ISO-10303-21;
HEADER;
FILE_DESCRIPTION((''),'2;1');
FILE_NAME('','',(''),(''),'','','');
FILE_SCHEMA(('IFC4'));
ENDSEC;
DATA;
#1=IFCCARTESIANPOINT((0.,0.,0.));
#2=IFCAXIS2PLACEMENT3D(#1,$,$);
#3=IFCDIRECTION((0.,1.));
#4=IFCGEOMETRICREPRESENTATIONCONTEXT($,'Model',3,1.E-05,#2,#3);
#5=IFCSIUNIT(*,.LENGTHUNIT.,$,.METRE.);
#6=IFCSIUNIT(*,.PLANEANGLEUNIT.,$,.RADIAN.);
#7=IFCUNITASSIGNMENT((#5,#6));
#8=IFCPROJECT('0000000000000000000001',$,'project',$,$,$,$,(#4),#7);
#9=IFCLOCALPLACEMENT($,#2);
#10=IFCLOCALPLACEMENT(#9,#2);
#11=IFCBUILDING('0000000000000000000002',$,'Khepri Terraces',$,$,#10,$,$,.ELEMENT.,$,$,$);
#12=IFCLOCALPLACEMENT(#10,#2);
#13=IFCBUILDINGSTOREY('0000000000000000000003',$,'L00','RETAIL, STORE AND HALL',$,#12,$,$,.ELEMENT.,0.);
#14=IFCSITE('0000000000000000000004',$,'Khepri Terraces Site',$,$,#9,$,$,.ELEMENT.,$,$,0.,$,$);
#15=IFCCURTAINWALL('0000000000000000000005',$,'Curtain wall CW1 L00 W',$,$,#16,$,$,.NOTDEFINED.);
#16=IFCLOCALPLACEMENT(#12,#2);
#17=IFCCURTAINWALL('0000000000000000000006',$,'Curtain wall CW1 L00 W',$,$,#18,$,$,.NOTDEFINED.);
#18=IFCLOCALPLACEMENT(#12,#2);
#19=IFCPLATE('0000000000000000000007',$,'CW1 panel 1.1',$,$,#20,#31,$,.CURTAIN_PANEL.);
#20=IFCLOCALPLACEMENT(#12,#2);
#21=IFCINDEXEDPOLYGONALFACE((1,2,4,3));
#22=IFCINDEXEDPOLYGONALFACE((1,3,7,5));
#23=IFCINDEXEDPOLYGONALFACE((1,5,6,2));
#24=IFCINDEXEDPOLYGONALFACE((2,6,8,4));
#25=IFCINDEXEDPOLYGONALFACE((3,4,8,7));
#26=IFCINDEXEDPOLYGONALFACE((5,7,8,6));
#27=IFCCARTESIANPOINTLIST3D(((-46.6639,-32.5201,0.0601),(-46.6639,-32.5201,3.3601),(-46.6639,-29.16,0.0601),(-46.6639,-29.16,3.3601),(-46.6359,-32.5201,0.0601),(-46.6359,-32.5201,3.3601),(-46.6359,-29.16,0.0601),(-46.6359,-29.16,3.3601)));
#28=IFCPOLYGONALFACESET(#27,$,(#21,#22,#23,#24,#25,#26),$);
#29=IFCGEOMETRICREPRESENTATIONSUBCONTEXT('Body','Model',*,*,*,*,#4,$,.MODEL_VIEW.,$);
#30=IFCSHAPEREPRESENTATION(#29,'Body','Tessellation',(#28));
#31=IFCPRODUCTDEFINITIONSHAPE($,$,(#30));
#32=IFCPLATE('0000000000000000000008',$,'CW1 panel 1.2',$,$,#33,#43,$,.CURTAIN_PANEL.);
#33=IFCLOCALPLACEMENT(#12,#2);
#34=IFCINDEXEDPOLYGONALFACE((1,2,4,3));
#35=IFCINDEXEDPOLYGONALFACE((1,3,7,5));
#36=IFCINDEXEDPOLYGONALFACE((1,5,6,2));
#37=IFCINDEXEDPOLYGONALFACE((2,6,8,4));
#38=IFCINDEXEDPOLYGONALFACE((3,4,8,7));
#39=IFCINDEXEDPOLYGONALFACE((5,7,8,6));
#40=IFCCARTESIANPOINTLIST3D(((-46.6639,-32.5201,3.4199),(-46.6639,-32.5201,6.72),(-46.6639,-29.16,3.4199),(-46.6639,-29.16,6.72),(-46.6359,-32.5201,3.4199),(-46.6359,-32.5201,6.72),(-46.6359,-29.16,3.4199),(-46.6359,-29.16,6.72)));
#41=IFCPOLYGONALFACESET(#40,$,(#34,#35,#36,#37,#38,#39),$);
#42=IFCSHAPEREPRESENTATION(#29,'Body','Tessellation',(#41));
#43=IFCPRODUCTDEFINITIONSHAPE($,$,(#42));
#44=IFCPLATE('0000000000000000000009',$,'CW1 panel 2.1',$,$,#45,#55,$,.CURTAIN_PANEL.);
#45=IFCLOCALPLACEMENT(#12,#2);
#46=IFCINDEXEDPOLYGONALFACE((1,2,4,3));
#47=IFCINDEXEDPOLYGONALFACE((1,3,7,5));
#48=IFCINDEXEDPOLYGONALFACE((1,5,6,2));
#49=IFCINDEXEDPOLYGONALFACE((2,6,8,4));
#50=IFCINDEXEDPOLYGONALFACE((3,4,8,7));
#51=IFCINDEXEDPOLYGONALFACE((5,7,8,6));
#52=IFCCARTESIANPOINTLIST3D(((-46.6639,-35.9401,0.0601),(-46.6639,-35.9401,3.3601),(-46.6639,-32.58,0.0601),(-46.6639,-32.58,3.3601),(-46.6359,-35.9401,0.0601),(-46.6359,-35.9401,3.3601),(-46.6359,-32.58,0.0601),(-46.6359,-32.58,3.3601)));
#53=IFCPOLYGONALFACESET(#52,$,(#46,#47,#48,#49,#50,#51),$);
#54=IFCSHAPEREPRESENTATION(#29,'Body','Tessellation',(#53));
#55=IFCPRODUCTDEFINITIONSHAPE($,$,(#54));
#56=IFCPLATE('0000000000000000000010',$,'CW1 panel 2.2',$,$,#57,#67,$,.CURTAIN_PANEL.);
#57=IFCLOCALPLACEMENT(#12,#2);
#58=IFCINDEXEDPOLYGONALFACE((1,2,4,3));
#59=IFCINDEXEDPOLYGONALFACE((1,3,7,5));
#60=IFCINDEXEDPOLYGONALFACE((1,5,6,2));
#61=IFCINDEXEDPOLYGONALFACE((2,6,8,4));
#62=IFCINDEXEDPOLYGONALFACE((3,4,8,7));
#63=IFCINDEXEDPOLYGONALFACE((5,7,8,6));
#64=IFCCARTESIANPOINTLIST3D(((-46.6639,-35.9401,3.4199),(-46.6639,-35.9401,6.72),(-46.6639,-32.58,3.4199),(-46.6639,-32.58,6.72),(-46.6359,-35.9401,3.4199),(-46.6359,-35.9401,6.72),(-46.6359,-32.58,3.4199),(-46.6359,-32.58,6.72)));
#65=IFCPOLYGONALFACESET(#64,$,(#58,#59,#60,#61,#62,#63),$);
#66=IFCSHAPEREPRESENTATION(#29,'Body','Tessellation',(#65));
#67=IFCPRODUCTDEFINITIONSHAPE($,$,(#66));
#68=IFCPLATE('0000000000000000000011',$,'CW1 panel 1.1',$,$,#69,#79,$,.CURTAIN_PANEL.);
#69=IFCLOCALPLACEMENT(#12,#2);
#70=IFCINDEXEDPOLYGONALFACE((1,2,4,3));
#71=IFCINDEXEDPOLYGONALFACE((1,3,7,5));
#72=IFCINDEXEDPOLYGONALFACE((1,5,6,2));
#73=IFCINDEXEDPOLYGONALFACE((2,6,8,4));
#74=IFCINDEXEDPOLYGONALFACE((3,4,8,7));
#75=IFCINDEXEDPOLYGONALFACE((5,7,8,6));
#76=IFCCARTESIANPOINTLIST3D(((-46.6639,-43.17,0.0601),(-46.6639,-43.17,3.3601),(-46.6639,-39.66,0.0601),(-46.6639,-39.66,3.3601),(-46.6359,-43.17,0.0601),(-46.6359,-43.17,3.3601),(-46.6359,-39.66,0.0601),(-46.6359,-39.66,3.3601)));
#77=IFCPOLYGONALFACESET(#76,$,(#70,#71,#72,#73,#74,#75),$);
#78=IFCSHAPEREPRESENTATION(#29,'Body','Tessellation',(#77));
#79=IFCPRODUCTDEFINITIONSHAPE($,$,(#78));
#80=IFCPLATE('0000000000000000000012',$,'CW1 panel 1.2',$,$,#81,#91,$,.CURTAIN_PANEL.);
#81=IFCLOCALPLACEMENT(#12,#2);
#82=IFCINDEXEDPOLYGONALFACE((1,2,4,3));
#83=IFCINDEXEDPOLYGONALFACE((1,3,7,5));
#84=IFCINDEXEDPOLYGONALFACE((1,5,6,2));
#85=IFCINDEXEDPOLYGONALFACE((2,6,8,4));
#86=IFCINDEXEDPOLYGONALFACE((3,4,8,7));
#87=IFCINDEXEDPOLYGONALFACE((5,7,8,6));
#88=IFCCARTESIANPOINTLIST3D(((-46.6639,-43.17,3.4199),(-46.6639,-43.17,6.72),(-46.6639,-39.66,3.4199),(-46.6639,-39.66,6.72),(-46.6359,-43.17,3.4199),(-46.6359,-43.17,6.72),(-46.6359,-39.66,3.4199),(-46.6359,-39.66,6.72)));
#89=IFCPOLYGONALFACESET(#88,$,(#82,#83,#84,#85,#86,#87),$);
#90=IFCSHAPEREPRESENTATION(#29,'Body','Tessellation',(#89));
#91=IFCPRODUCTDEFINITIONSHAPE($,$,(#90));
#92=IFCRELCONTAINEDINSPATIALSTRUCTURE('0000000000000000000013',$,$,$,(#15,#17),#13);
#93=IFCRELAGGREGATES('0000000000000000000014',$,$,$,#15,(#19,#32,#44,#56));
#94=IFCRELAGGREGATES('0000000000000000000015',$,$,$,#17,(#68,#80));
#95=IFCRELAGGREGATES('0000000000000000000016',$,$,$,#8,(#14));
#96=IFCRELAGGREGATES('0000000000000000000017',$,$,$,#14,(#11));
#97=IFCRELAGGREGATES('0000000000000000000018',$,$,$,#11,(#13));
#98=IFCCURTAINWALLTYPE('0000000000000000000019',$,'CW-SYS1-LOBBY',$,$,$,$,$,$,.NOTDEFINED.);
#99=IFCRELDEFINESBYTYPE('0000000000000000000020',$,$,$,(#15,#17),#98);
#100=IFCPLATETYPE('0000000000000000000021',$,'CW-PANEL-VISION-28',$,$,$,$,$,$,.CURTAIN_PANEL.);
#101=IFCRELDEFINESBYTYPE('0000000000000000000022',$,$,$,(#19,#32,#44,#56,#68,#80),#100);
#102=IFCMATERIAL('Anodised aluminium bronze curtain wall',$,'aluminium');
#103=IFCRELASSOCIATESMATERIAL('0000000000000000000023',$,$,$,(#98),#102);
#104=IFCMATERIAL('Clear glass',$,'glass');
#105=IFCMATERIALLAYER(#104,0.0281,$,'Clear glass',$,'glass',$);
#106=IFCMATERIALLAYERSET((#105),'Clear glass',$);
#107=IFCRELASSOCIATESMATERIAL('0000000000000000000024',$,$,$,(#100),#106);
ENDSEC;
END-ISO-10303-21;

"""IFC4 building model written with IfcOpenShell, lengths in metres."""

from ifc_helpers import new_model, si_unit, direction, frame, origin, origin_2d, place, context, subcontext, project, spatial, rectangle, extrude, material, layer, layer_set, type_object, element, aggregate, save


model = new_model("IFC4")

# Units and contexts
model_context = context("Model", 3, precision=1e-05, world=origin(), true_north=direction((0.0, 1.0)))
body_context = subcontext(model_context, "Body", "Model", "MODEL_VIEW")
ifc_project = project(units=[si_unit("LENGTHUNIT", "METRE"), si_unit("PLANEANGLEUNIT", "RADIAN")], contexts=[model_context])

# Site, building, storey
site_placement = place(None, origin())
site = spatial("IfcSite", under=ifc_project, at=site_placement, Name="Khepri Terraces Site", CompositionType="ELEMENT", RefElevation=0.0)
building_placement = place(site_placement, origin())
building = spatial("IfcBuilding", under=site, at=building_placement, Name="Khepri Terraces", CompositionType="ELEMENT")
storey_placement = place(building_placement, origin())
storey = spatial("IfcBuildingStorey", under=building, at=storey_placement, Name="L00", Description="RETAIL, STORE AND HALL", CompositionType="ELEMENT", Elevation=0.0)

# Curtain wall
ifc_material_1 = material(Name="Anodised aluminium bronze curtain wall", Category="aluminium")
curtain_wall_type = type_object("IfcCurtainWallType", Name="CW-SYS1-LOBBY", PredefinedType="NOTDEFINED", material=ifc_material_1)
curtain_wall_1_placement = place(storey_placement, origin())
curtain_wall_1 = element("IfcCurtainWall", 1, at=curtain_wall_1_placement, inside=storey, type_object=curtain_wall_type, Name="Curtain wall CW1 L00 W", PredefinedType="NOTDEFINED")

# Curtain wall
curtain_wall_2_placement = place(storey_placement, origin())
curtain_wall_2 = element("IfcCurtainWall", 2, at=curtain_wall_2_placement, inside=storey, type_object=curtain_wall_type, Name="Curtain wall CW1 L00 W", PredefinedType="NOTDEFINED")

# Plates
ifc_material_2 = material(Name="Clear glass", Category="glass")
ifc_layer_1 = layer(ifc_material_2, 0.0281, Name="Clear glass", Category="glass")
ifc_layer_set_1 = layer_set([ifc_layer_1], Name="Clear glass")
plate_type = type_object("IfcPlateType", Name="CW-PANEL-VISION-28", PredefinedType="CURTAIN_PANEL", material=ifc_layer_set_1)
plate_1_placement = place(storey_placement, frame((-46.6499, -30.8401, 0.0601), z_axis=(0.0, 0.0, 1.0), x_axis=(0.0, -1.0, 0.0)))
plate_1 = element("IfcPlate", 3, at=plate_1_placement, type_object=plate_type, Name="CW1 panel 1.1", PredefinedType="CURTAIN_PANEL", context=body_context, shape_type="SweptSolid", body=[
    extrude(rectangle(XDim=3.3601, YDim=0.0281, at=origin_2d()), origin(), (0.0, 0.0, 1.0), 3.3),
])
plate_2_placement = place(storey_placement, frame((-46.6499, -30.8401, 3.4199), z_axis=(0.0, 0.0, 1.0), x_axis=(0.0, -1.0, 0.0)))
plate_2 = element("IfcPlate", 4, at=plate_2_placement, type_object=plate_type, Name="CW1 panel 1.2", PredefinedType="CURTAIN_PANEL", context=body_context, shape_type="SweptSolid", body=[
    extrude(rectangle(XDim=3.3601, YDim=0.0281, at=origin_2d()), origin(), (0.0, 0.0, 1.0), 3.3),
])
plate_3_placement = place(storey_placement, frame((-46.6499, -34.26, 0.0601), z_axis=(0.0, 0.0, 1.0), x_axis=(0.0, -1.0, 0.0)))
plate_3 = element("IfcPlate", 5, at=plate_3_placement, type_object=plate_type, Name="CW1 panel 2.1", PredefinedType="CURTAIN_PANEL", context=body_context, shape_type="SweptSolid", body=[
    extrude(rectangle(XDim=3.3601, YDim=0.0281, at=origin_2d()), origin(), (0.0, 0.0, 1.0), 3.3),
])
plate_4_placement = place(storey_placement, frame((-46.6499, -34.26, 3.4199), z_axis=(0.0, 0.0, 1.0), x_axis=(0.0, -1.0, 0.0)))
plate_4 = element("IfcPlate", 6, at=plate_4_placement, type_object=plate_type, Name="CW1 panel 2.2", PredefinedType="CURTAIN_PANEL", context=body_context, shape_type="SweptSolid", body=[
    extrude(rectangle(XDim=3.3601, YDim=0.0281, at=origin_2d()), origin(), (0.0, 0.0, 1.0), 3.3),
])
aggregate(curtain_wall_1, [plate_1, plate_2, plate_3, plate_4])
plate_5_placement = place(storey_placement, frame((-46.6499, -41.415, 0.0601), z_axis=(0.0, 0.0, 1.0), x_axis=(0.0, -1.0, 0.0)))
plate_5 = element("IfcPlate", 7, at=plate_5_placement, type_object=plate_type, Name="CW1 panel 1.1", PredefinedType="CURTAIN_PANEL", context=body_context, shape_type="SweptSolid", body=[
    extrude(rectangle(XDim=3.51, YDim=0.0281, at=origin_2d()), origin(), (0.0, 0.0, 1.0), 3.3),
])
plate_6_placement = place(storey_placement, frame((-46.6499, -41.415, 3.4199), z_axis=(0.0, 0.0, 1.0), x_axis=(0.0, -1.0, 0.0)))
plate_6 = element("IfcPlate", 8, at=plate_6_placement, type_object=plate_type, Name="CW1 panel 1.2", PredefinedType="CURTAIN_PANEL", context=body_context, shape_type="SweptSolid", body=[
    extrude(rectangle(XDim=3.51, YDim=0.0281, at=origin_2d()), origin(), (0.0, 0.0, 1.0), 3.3),
])
aggregate(curtain_wall_2, [plate_5, plate_6])

save(model, "model.ifc")
